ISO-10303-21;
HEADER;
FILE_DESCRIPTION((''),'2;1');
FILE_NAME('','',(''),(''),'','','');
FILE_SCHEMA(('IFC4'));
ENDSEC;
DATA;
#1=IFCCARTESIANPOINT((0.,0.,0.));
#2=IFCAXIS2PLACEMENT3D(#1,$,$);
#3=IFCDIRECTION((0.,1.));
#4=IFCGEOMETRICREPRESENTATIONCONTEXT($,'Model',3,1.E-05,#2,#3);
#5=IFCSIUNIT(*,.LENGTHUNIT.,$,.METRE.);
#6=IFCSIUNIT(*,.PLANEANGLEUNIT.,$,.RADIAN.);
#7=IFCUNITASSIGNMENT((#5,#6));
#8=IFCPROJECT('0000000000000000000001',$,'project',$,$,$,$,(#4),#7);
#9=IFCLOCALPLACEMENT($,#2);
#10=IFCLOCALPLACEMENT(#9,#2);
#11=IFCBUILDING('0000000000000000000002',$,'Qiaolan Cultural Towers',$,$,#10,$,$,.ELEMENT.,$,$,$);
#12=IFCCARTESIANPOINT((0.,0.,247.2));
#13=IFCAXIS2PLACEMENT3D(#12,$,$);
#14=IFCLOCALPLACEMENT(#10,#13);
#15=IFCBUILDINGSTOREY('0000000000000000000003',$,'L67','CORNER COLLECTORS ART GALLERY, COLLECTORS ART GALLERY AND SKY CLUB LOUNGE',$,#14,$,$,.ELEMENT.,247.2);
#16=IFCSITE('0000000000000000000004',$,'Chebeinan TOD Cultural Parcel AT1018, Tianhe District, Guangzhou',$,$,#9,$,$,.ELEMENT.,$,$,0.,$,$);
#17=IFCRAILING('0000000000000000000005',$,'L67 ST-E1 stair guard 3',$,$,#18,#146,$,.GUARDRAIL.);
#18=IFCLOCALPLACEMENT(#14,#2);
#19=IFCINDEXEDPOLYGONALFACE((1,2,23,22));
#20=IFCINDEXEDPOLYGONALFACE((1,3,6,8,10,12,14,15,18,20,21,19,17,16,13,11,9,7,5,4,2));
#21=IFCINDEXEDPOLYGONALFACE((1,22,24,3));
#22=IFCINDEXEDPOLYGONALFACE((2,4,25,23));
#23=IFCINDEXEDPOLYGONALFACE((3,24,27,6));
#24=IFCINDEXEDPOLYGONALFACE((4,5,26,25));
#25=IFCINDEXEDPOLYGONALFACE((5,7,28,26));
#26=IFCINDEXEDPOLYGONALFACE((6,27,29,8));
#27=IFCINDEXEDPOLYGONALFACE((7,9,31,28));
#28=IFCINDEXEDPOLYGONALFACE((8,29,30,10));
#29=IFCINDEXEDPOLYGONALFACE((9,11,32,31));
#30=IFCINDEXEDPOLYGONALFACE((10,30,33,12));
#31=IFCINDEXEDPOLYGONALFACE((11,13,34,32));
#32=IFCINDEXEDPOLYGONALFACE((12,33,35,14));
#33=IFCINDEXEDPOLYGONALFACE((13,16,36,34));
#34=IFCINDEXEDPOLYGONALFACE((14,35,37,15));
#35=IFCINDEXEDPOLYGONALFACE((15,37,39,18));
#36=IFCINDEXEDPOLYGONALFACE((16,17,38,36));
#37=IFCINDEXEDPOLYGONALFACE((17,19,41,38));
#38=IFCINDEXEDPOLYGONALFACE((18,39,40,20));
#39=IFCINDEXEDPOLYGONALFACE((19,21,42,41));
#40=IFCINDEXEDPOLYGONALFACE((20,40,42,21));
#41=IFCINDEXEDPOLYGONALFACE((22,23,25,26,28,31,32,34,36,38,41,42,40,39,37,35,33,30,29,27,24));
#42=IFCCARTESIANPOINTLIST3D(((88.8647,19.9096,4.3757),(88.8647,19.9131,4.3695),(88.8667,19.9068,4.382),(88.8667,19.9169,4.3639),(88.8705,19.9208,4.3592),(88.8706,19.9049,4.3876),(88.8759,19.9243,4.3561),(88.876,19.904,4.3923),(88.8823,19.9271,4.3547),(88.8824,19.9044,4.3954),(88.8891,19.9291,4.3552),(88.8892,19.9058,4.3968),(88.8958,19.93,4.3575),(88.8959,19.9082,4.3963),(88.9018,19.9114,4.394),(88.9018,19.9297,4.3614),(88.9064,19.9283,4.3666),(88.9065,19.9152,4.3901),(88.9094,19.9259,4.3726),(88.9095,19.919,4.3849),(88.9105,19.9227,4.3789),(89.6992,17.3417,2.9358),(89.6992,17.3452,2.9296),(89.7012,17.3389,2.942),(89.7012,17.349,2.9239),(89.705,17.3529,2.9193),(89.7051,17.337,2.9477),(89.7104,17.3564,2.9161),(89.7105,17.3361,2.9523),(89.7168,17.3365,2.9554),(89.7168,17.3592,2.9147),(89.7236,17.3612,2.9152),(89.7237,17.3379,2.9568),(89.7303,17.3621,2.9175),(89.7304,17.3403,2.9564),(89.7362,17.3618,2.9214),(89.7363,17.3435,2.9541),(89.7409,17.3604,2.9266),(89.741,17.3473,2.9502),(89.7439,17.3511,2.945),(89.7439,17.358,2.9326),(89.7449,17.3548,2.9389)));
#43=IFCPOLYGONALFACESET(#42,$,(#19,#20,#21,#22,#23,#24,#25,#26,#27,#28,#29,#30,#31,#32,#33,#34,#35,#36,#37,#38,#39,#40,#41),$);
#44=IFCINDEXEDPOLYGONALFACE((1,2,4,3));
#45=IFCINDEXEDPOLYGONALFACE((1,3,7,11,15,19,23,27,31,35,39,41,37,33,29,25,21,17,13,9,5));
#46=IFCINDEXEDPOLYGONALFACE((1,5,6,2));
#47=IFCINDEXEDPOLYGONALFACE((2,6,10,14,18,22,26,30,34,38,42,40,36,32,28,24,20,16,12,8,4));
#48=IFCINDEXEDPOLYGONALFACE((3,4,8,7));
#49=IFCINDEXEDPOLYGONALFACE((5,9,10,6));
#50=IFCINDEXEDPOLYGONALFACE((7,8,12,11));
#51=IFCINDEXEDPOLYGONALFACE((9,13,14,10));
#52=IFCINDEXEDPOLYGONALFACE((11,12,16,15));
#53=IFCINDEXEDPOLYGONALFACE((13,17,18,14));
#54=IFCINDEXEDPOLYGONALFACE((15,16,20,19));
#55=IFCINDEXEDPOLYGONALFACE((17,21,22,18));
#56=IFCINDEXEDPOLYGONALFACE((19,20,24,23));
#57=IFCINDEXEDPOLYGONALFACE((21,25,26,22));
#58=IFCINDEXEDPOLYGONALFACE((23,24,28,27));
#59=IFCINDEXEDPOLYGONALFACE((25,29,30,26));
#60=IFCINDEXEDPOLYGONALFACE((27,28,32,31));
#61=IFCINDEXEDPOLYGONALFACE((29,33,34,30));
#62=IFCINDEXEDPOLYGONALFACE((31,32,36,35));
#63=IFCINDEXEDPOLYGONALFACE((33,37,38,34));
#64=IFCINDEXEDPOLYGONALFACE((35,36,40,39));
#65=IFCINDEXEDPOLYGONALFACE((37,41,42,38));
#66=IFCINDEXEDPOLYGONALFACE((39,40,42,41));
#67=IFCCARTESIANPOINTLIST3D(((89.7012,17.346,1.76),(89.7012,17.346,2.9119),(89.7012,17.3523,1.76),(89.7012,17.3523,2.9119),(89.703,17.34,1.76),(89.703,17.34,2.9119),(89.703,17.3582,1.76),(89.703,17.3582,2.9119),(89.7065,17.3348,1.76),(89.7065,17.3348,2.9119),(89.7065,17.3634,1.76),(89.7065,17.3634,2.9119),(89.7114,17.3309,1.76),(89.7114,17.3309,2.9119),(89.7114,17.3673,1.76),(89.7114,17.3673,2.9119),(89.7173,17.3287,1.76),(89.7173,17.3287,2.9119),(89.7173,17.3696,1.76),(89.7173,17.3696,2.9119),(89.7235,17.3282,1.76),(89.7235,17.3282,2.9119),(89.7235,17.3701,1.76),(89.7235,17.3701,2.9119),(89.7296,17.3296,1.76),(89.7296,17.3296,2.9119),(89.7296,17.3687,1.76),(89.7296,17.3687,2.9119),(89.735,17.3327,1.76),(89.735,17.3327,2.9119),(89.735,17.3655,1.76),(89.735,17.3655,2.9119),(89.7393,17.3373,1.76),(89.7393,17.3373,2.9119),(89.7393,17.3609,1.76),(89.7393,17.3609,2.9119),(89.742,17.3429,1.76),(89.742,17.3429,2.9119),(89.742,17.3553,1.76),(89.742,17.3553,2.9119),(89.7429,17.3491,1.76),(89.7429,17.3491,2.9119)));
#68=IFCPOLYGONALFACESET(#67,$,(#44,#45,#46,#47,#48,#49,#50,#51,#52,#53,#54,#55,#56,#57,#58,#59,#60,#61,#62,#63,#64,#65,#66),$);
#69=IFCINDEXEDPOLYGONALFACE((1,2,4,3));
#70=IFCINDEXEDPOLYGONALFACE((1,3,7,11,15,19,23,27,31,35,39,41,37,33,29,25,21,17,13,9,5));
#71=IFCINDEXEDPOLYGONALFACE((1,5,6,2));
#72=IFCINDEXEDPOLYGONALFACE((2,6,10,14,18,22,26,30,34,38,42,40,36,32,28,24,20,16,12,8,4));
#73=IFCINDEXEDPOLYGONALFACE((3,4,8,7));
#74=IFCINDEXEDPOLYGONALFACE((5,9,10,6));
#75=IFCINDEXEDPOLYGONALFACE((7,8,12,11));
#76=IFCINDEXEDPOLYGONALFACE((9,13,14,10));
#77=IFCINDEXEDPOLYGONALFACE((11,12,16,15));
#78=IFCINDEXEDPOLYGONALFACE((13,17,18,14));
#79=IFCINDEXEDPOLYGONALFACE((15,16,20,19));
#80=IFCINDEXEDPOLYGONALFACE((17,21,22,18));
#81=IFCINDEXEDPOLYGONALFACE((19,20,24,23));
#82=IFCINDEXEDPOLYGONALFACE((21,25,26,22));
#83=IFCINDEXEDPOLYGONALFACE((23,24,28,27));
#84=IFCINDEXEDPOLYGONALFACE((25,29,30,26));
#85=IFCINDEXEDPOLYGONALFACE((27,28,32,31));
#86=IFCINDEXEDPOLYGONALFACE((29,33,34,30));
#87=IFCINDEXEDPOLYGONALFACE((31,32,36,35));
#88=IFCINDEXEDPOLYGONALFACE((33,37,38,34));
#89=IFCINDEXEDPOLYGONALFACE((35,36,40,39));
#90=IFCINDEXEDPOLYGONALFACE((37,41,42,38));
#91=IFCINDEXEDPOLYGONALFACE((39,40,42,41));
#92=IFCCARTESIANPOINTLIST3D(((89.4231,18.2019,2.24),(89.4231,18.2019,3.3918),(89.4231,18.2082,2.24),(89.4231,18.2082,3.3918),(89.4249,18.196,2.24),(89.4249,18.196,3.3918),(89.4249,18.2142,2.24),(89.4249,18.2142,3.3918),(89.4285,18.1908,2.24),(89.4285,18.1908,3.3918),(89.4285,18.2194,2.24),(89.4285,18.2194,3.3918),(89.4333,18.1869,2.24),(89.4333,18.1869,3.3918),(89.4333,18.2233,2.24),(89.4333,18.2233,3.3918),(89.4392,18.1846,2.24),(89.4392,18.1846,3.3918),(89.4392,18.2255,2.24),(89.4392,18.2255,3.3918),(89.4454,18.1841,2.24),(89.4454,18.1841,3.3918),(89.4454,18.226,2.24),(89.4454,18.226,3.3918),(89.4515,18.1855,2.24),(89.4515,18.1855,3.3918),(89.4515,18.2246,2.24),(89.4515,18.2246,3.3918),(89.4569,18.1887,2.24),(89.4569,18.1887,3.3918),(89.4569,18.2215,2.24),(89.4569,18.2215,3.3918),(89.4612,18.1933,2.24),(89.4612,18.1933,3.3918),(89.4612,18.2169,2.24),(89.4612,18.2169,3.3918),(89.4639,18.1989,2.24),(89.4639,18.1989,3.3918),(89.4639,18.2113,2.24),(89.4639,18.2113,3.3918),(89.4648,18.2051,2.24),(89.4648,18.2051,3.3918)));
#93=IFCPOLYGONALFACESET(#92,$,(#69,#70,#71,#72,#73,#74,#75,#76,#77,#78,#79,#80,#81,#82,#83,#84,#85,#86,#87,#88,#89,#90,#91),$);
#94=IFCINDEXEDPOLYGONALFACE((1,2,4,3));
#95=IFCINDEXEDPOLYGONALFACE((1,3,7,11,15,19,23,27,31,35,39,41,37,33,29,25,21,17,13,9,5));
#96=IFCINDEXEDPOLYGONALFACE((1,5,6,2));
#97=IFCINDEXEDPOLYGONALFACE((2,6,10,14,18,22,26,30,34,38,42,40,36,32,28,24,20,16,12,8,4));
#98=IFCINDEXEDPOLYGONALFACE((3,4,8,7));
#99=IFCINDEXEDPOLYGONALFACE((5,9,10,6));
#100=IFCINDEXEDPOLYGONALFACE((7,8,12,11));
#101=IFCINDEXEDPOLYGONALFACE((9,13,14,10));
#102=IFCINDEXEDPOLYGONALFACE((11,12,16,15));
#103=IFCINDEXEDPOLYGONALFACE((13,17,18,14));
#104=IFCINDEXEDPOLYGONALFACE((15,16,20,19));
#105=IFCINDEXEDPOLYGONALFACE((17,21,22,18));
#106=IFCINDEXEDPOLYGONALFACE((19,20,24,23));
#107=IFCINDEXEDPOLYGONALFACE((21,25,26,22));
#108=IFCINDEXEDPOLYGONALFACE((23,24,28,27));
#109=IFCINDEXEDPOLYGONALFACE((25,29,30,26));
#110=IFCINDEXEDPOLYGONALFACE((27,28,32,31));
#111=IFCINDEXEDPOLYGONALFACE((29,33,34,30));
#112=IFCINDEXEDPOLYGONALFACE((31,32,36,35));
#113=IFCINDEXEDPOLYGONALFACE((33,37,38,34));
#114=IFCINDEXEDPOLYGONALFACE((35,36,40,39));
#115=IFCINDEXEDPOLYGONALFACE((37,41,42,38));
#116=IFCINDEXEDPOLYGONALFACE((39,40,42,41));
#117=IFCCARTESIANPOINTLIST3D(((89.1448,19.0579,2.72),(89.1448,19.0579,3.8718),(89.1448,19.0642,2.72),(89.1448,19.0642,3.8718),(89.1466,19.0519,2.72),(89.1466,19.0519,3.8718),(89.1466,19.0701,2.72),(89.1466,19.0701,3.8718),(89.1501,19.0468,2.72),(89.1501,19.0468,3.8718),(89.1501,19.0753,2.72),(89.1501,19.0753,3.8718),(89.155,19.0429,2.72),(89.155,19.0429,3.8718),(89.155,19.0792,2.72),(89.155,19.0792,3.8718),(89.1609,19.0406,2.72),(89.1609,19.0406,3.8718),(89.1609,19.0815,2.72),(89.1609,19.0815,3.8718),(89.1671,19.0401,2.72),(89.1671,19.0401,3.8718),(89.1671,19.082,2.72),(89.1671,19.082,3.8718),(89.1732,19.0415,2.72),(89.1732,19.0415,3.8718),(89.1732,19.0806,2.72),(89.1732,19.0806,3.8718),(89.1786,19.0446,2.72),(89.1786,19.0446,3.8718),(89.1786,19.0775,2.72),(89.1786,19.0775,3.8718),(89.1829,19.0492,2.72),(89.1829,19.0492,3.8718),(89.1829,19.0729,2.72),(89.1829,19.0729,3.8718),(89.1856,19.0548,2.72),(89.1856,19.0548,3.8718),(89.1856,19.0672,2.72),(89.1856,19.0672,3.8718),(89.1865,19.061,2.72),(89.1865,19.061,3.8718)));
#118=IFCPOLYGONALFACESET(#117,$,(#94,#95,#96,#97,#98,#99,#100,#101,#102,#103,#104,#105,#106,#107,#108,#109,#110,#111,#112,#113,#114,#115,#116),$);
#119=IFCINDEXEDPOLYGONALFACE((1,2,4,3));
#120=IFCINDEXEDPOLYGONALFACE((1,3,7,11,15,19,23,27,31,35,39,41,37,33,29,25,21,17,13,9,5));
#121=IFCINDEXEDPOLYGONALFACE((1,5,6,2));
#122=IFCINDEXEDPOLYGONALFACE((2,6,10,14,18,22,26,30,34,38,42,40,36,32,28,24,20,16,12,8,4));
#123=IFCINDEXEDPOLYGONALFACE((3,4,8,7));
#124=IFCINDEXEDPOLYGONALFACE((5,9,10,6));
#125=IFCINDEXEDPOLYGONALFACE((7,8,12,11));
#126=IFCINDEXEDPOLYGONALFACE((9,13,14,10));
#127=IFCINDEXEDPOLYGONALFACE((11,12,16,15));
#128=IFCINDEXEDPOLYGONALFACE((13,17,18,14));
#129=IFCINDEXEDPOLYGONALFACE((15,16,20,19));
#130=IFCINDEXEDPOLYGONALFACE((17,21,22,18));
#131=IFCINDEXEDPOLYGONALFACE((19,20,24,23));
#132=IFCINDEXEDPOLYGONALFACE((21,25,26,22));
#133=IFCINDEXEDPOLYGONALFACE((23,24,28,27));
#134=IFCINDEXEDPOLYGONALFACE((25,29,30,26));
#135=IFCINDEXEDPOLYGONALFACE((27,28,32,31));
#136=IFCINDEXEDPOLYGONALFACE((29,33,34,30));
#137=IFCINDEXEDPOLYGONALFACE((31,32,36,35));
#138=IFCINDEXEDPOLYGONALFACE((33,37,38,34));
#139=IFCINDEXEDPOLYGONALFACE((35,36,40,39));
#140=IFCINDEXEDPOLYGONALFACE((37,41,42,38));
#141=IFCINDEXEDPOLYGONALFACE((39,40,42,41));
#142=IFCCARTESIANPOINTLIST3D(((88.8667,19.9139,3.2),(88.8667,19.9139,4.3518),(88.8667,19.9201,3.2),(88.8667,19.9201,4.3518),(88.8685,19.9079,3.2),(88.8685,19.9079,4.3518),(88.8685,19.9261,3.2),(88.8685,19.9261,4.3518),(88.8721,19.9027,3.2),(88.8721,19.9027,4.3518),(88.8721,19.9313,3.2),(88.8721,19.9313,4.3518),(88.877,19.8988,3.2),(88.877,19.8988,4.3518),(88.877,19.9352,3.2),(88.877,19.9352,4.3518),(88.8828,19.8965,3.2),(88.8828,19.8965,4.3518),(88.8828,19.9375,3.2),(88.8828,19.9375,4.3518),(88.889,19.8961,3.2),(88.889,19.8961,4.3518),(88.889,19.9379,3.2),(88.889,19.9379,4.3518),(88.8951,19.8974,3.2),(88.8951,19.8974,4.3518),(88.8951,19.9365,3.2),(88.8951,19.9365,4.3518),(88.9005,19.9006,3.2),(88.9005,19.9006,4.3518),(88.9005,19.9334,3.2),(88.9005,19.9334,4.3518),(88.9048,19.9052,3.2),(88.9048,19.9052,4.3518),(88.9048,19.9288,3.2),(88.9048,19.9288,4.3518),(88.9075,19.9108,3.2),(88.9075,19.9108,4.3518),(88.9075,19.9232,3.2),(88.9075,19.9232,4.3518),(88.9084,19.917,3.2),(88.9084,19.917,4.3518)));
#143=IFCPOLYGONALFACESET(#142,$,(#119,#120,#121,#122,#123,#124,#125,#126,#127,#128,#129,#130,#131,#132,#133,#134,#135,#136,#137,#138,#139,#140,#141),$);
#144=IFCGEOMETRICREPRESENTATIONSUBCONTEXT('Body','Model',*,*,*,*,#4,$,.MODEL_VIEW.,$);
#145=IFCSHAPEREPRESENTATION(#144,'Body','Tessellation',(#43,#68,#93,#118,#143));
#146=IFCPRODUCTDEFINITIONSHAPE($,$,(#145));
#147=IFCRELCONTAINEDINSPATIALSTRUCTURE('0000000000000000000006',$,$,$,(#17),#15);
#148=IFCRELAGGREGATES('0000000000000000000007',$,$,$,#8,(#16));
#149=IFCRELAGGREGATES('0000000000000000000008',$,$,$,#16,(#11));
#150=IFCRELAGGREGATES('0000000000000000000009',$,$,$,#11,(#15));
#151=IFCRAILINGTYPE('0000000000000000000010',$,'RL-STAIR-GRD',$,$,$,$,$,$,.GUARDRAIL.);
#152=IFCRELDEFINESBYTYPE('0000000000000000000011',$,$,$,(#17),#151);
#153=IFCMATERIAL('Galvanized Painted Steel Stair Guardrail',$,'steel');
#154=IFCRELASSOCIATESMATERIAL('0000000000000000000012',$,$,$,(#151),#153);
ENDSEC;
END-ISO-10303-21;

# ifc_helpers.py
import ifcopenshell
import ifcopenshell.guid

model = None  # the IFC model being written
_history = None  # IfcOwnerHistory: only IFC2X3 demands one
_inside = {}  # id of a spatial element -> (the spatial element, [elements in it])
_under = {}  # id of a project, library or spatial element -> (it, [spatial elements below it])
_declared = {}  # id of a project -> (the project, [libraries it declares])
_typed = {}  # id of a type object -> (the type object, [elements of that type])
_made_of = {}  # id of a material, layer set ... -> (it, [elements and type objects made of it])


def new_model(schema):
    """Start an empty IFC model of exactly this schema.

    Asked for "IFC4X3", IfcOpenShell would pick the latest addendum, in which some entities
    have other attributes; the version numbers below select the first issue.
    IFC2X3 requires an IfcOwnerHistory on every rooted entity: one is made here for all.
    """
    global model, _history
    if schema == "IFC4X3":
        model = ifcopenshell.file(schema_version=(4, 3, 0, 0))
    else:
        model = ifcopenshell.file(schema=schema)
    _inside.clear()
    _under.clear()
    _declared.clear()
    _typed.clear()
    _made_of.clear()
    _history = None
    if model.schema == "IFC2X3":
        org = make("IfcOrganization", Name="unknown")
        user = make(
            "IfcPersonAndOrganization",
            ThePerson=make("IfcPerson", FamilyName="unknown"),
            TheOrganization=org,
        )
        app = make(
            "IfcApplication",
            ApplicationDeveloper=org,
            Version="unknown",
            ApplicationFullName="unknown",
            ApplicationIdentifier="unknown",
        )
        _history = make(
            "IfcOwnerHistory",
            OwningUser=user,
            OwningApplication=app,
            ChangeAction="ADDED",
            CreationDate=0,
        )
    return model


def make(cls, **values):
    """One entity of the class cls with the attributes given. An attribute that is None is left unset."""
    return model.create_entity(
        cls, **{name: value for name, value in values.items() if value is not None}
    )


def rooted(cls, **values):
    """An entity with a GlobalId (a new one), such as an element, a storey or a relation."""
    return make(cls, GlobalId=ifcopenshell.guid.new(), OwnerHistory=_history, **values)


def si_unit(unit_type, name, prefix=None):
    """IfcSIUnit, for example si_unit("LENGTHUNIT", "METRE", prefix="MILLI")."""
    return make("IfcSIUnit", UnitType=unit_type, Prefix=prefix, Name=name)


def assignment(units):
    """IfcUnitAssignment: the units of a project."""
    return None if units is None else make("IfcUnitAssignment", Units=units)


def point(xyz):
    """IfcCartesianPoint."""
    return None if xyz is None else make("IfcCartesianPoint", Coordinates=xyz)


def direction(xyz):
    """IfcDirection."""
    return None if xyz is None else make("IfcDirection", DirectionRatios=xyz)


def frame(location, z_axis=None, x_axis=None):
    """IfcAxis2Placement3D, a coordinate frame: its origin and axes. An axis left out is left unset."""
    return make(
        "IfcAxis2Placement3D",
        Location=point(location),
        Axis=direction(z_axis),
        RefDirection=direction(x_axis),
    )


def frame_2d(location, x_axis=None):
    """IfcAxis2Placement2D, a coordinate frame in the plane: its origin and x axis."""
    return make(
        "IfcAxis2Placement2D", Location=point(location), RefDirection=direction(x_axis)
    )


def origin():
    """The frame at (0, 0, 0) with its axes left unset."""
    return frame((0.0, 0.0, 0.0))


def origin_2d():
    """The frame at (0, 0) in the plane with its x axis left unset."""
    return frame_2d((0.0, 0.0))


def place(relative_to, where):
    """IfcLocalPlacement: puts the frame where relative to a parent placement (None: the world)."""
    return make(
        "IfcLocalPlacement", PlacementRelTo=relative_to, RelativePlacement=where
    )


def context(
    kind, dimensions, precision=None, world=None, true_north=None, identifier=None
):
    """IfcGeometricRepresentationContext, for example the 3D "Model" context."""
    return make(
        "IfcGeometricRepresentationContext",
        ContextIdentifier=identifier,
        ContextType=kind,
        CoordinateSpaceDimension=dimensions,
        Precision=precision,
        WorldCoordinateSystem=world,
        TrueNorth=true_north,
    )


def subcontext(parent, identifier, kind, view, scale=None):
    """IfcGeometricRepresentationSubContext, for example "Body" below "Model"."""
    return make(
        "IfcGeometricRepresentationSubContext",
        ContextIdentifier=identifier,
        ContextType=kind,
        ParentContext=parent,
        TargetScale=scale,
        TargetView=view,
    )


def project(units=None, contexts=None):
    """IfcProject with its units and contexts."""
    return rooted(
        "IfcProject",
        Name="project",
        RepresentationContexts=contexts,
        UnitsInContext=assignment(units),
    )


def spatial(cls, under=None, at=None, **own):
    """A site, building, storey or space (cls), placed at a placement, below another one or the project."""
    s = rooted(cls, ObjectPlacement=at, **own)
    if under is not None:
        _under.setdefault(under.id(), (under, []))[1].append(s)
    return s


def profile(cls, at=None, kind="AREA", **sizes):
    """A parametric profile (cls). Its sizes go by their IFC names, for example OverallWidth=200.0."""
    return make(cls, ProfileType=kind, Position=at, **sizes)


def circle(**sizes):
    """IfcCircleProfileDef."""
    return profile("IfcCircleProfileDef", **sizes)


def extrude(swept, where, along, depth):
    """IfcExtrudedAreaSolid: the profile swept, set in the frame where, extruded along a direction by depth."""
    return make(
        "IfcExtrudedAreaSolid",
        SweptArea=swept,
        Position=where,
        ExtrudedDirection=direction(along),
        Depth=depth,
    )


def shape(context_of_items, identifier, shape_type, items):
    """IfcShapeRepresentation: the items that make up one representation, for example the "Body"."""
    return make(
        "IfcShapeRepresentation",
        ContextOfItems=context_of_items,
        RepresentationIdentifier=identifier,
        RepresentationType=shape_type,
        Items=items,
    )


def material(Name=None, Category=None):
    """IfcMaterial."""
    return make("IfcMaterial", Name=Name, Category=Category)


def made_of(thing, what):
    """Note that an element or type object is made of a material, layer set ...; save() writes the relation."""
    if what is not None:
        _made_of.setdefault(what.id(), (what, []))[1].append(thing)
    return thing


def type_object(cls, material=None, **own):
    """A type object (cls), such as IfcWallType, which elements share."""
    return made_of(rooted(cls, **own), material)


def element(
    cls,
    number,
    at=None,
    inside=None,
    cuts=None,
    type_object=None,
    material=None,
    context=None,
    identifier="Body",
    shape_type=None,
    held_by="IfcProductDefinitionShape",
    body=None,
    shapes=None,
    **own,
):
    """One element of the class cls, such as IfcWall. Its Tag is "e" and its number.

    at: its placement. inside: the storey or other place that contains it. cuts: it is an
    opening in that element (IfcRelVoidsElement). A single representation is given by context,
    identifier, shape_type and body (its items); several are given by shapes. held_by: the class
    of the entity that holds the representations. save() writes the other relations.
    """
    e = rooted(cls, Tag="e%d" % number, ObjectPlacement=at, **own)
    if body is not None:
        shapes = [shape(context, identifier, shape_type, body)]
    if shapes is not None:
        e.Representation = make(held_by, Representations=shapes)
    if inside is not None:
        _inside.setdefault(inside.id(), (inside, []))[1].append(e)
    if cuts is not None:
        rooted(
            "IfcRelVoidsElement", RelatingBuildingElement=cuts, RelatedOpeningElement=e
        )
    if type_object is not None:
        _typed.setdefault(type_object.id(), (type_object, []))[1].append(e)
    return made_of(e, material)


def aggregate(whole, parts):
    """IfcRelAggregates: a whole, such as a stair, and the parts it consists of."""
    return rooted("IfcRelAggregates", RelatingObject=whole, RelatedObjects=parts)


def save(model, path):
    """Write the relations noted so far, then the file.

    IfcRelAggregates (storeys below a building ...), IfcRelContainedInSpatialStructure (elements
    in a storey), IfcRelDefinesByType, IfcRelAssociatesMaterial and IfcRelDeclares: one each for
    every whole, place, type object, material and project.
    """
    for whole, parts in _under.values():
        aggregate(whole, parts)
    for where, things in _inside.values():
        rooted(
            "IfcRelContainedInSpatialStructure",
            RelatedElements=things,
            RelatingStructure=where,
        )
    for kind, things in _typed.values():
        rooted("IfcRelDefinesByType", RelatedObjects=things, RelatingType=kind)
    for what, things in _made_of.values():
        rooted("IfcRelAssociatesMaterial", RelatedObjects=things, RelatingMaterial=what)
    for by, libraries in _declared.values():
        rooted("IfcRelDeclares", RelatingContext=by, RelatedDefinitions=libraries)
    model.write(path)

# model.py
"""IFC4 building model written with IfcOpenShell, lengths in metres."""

from ifc_helpers import new_model, si_unit, direction, frame, origin, origin_2d, place, context, subcontext, project, spatial, circle, extrude, material, type_object, element, save


model = new_model("IFC4")

# Units and contexts
model_context = context("Model", 3, precision=1e-05, world=origin(), true_north=direction((0.0, 1.0)))
body_context = subcontext(model_context, "Body", "Model", "MODEL_VIEW")
ifc_project = project(units=[si_unit("LENGTHUNIT", "METRE"), si_unit("PLANEANGLEUNIT", "RADIAN")], contexts=[model_context])

# Site, building, storey
site_placement = place(None, origin())
site = spatial("IfcSite", under=ifc_project, at=site_placement, Name="Chebeinan TOD Cultural Parcel AT1018, Tianhe District, Guangzhou", CompositionType="ELEMENT", RefElevation=0.0)
building_placement = place(site_placement, origin())
building = spatial("IfcBuilding", under=site, at=building_placement, Name="Qiaolan Cultural Towers", CompositionType="ELEMENT")
storey_placement = place(building_placement, frame((0.0, 0.0, 247.2)))
storey = spatial("IfcBuildingStorey", under=building, at=storey_placement, Name="L67", Description="CORNER COLLECTORS ART GALLERY, COLLECTORS ART GALLERY AND SKY CLUB LOUNGE", CompositionType="ELEMENT", Elevation=247.2)

# Railing
ifc_material_1 = material(Name="Galvanized Painted Steel Stair Guardrail", Category="steel")
railing_type_1 = type_object("IfcRailingType", Name="RL-STAIR-GRD", PredefinedType="GUARDRAIL", material=ifc_material_1)
railing_1_placement = place(storey_placement, frame((89.7219, 17.3491, 1.76)))
element("IfcRailing", 1, at=railing_1_placement, inside=storey, type_object=railing_type_1, Name="L67 ST-E1 stair guard 3", PredefinedType="GUARDRAIL", context=body_context, shape_type="SweptSolid", body=[
    extrude(circle(Radius=0.0239, at=origin_2d()), frame((0.0, 0.0, 1.1758), z_axis=(-0.272701, 0.839167, 0.470566), x_axis=(-0.951043, -0.309057, 0.0)), (0.0, 0.0, 1.0), 3.0601),
    extrude(circle(Radius=0.021, at=origin_2d()), origin(), (0.0, 0.0, 1.0), 1.1519),
    extrude(circle(Radius=0.021, at=origin_2d()), frame((-0.2781, 0.856, 0.48)), (0.0, 0.0, 1.0), 1.1519),
    extrude(circle(Radius=0.021, at=origin_2d()), frame((-0.5564, 1.7119, 0.96)), (0.0, 0.0, 1.0), 1.1519),
    extrude(circle(Radius=0.021, at=origin_2d()), frame((-0.8345, 2.5679, 1.4399)), (0.0, 0.0, 1.0), 1.1519),
])

save(model, "model.ifc")
